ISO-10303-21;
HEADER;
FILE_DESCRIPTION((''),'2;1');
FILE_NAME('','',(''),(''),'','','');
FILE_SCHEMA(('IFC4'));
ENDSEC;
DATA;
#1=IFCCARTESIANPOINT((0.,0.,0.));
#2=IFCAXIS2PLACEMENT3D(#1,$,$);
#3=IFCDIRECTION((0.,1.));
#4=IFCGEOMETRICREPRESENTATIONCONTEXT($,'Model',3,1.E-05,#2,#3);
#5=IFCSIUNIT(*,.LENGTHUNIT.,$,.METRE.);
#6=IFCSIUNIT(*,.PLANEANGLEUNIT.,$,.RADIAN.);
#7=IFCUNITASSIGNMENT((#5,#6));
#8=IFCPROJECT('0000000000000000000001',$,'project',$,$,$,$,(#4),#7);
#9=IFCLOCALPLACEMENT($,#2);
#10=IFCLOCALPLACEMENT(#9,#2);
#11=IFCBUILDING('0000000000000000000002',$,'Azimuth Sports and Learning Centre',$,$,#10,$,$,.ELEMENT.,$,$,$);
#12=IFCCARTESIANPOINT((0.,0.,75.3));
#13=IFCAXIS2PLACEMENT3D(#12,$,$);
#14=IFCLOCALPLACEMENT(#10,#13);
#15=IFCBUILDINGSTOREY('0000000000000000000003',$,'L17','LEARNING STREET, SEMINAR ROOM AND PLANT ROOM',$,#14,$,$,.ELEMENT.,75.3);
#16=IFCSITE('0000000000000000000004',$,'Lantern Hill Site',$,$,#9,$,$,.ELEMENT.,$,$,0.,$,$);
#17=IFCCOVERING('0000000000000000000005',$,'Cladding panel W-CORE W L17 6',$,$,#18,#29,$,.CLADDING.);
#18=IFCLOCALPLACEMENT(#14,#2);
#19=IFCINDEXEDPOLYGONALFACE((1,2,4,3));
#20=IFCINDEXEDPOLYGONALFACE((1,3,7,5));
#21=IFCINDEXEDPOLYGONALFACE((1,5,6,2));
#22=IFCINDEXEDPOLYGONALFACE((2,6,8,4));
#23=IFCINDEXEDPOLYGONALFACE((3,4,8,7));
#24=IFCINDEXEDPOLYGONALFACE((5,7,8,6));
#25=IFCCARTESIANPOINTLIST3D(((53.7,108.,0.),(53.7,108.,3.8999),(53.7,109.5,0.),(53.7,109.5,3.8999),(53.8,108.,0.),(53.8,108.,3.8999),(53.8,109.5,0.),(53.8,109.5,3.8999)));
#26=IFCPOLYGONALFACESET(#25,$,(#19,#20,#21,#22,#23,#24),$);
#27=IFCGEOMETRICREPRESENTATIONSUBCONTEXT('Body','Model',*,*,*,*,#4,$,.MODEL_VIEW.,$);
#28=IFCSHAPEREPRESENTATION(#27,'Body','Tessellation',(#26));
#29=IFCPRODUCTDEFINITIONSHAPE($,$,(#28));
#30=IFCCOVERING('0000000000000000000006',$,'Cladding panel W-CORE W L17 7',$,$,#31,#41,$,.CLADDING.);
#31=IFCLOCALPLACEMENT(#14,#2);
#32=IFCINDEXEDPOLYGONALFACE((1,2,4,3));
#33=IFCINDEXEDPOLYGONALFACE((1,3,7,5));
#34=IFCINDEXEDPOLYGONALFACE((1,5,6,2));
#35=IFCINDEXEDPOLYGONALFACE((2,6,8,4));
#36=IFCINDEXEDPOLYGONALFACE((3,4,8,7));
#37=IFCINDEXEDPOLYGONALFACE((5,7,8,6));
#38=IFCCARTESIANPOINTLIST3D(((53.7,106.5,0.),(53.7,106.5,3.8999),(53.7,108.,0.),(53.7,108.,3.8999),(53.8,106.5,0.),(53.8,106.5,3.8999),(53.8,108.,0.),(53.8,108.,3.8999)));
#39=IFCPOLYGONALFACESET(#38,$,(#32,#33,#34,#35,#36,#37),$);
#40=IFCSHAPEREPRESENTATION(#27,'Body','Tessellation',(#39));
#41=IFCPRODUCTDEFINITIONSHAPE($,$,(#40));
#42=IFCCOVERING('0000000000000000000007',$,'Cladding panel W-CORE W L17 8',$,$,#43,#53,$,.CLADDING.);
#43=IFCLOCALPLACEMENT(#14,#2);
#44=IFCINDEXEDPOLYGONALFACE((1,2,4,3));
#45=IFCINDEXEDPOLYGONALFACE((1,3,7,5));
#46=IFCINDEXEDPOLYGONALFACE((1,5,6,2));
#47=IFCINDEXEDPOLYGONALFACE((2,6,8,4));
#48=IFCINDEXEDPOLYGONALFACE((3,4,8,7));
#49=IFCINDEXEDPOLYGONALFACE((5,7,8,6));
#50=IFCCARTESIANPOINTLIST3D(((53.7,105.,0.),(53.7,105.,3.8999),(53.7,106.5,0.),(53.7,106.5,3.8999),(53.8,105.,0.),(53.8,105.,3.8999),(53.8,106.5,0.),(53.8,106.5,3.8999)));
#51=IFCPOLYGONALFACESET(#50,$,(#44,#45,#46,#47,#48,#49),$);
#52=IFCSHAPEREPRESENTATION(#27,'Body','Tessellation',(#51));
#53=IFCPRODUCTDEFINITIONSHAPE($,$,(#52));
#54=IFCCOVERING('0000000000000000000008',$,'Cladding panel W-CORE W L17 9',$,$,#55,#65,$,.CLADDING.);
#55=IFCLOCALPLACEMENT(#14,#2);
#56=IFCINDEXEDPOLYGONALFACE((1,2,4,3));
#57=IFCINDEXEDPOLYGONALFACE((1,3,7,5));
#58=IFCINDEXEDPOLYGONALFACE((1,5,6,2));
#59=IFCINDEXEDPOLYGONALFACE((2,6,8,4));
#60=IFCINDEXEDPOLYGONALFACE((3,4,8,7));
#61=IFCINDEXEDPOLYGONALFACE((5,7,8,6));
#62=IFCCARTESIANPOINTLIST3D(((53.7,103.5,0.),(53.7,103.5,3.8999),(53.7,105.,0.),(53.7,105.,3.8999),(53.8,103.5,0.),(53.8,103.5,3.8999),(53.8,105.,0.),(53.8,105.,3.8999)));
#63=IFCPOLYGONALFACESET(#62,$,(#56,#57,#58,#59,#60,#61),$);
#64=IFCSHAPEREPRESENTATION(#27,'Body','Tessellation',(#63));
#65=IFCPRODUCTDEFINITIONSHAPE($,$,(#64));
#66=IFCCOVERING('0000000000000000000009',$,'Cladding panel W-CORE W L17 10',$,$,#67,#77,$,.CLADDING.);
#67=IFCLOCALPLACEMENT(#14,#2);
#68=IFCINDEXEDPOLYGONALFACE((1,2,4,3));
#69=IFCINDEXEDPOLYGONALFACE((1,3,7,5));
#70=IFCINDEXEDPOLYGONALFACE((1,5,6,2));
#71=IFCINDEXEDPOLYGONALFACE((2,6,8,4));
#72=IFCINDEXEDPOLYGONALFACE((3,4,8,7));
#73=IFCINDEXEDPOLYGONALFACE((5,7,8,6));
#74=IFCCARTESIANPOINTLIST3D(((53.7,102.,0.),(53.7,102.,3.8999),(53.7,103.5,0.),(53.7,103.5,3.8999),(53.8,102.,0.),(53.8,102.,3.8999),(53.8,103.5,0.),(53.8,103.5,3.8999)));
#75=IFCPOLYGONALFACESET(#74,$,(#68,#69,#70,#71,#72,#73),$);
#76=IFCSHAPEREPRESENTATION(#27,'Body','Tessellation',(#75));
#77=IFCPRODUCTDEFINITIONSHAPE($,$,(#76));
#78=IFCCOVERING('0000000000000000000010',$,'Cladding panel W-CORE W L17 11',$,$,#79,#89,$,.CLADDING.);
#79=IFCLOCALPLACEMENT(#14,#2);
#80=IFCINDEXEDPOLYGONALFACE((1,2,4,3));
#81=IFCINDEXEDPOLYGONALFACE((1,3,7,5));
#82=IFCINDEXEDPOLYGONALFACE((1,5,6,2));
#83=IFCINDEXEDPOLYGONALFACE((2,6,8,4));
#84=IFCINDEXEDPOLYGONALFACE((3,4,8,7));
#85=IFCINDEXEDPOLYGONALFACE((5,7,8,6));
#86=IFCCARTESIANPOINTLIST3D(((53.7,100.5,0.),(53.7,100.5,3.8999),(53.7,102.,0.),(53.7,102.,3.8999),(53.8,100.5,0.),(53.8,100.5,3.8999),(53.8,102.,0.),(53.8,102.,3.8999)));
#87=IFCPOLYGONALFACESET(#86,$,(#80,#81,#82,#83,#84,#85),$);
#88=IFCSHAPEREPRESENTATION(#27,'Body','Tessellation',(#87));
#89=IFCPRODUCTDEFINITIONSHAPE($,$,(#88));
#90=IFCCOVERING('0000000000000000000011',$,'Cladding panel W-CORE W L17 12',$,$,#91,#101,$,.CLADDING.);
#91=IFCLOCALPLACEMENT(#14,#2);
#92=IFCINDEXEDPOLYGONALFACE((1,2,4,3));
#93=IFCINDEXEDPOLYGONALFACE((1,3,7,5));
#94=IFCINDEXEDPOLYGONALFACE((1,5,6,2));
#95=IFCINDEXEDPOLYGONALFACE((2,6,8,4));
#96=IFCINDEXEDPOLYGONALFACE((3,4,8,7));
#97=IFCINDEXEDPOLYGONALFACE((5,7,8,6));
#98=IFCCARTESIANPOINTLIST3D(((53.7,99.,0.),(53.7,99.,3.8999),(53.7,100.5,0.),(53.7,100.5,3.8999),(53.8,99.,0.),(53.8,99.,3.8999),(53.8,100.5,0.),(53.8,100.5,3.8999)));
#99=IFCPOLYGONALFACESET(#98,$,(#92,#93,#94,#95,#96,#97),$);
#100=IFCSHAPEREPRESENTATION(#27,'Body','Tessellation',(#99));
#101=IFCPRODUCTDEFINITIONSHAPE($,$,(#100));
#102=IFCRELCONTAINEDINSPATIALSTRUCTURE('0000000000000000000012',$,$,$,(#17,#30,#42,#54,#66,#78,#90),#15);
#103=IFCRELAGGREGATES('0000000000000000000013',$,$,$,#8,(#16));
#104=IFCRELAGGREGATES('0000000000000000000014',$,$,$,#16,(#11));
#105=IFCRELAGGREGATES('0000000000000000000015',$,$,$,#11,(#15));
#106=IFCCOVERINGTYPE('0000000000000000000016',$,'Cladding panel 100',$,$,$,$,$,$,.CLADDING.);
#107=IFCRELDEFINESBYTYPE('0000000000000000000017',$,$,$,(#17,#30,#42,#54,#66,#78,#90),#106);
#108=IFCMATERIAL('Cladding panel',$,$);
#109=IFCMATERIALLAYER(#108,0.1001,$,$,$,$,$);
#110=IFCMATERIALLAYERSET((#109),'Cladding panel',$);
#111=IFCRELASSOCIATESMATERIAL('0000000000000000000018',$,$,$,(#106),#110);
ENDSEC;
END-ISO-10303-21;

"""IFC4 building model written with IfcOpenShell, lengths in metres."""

from ifc_helpers import new_model, si_unit, direction, frame, origin, origin_2d, place, context, subcontext, project, spatial, rectangle, extrude, material, layer, layer_set, type_object, element, save


model = new_model("IFC4")

# Units and contexts
model_context = context("Model", 3, precision=1e-05, world=origin(), true_north=direction((0.0, 1.0)))
body_context = subcontext(model_context, "Body", "Model", "MODEL_VIEW")
ifc_project = project(units=[si_unit("LENGTHUNIT", "METRE"), si_unit("PLANEANGLEUNIT", "RADIAN")], contexts=[model_context])

# Site, building, storey
site_placement = place(None, origin())
site = spatial("IfcSite", under=ifc_project, at=site_placement, Name="Lantern Hill Site", CompositionType="ELEMENT", RefElevation=0.0)
building_placement = place(site_placement, origin())
building = spatial("IfcBuilding", under=site, at=building_placement, Name="Azimuth Sports and Learning Centre", CompositionType="ELEMENT")
storey_placement = place(building_placement, frame((0.0, 0.0, 75.3)))
storey = spatial("IfcBuildingStorey", under=building, at=storey_placement, Name="L17", Description="LEARNING STREET, SEMINAR ROOM AND PLANT ROOM", CompositionType="ELEMENT", Elevation=75.3)

# Coverings
ifc_material_1 = material(Name="Cladding panel")
ifc_layer_1 = layer(ifc_material_1, 0.1001)
ifc_layer_set_1 = layer_set([ifc_layer_1], Name="Cladding panel")
covering_type = type_object("IfcCoveringType", Name="Cladding panel 100", PredefinedType="CLADDING", material=ifc_layer_set_1)
for number, where, z_axis, x_axis, name in (
    (1, (53.75, 108.75, 0.0), (0.0, 0.0, 1.0), (0.0, -1.0, 0.0), "Cladding panel W-CORE W L17 6"),
    (2, (53.75, 107.25, 0.0), (0.0, 0.0, 1.0), (0.0, -1.0, 0.0), "Cladding panel W-CORE W L17 7"),
    (3, (53.75, 105.75, 0.0), (0.0, 0.0, 1.0), (0.0, -1.0, 0.0), "Cladding panel W-CORE W L17 8"),
    (4, (53.75, 104.25, 0.0), (0.0, 0.0, 1.0), (0.0, -1.0, 0.0), "Cladding panel W-CORE W L17 9"),
    (5, (53.75, 102.75, 0.0), (0.0, 0.0, 1.0), (0.0, -1.0, 0.0), "Cladding panel W-CORE W L17 10"),
    (6, (53.75, 101.25, 0.0), (0.0, 0.0, 1.0), (0.0, -1.0, 0.0), "Cladding panel W-CORE W L17 11"),
    (7, (53.75, 99.75, 0.0), (0.0, 0.0, 1.0), (0.0, -1.0, 0.0), "Cladding panel W-CORE W L17 12"),
):
    element("IfcCovering", number, at=place(storey_placement, frame(where, z_axis=z_axis, x_axis=x_axis)), inside=storey, type_object=covering_type, Name=name, PredefinedType="CLADDING", context=body_context, shape_type="SweptSolid", body=[
        extrude(rectangle(XDim=1.5, YDim=0.1001, at=origin_2d()), origin(), (0.0, 0.0, 1.0), 3.8999),
    ])

save(model, "model.ifc")
